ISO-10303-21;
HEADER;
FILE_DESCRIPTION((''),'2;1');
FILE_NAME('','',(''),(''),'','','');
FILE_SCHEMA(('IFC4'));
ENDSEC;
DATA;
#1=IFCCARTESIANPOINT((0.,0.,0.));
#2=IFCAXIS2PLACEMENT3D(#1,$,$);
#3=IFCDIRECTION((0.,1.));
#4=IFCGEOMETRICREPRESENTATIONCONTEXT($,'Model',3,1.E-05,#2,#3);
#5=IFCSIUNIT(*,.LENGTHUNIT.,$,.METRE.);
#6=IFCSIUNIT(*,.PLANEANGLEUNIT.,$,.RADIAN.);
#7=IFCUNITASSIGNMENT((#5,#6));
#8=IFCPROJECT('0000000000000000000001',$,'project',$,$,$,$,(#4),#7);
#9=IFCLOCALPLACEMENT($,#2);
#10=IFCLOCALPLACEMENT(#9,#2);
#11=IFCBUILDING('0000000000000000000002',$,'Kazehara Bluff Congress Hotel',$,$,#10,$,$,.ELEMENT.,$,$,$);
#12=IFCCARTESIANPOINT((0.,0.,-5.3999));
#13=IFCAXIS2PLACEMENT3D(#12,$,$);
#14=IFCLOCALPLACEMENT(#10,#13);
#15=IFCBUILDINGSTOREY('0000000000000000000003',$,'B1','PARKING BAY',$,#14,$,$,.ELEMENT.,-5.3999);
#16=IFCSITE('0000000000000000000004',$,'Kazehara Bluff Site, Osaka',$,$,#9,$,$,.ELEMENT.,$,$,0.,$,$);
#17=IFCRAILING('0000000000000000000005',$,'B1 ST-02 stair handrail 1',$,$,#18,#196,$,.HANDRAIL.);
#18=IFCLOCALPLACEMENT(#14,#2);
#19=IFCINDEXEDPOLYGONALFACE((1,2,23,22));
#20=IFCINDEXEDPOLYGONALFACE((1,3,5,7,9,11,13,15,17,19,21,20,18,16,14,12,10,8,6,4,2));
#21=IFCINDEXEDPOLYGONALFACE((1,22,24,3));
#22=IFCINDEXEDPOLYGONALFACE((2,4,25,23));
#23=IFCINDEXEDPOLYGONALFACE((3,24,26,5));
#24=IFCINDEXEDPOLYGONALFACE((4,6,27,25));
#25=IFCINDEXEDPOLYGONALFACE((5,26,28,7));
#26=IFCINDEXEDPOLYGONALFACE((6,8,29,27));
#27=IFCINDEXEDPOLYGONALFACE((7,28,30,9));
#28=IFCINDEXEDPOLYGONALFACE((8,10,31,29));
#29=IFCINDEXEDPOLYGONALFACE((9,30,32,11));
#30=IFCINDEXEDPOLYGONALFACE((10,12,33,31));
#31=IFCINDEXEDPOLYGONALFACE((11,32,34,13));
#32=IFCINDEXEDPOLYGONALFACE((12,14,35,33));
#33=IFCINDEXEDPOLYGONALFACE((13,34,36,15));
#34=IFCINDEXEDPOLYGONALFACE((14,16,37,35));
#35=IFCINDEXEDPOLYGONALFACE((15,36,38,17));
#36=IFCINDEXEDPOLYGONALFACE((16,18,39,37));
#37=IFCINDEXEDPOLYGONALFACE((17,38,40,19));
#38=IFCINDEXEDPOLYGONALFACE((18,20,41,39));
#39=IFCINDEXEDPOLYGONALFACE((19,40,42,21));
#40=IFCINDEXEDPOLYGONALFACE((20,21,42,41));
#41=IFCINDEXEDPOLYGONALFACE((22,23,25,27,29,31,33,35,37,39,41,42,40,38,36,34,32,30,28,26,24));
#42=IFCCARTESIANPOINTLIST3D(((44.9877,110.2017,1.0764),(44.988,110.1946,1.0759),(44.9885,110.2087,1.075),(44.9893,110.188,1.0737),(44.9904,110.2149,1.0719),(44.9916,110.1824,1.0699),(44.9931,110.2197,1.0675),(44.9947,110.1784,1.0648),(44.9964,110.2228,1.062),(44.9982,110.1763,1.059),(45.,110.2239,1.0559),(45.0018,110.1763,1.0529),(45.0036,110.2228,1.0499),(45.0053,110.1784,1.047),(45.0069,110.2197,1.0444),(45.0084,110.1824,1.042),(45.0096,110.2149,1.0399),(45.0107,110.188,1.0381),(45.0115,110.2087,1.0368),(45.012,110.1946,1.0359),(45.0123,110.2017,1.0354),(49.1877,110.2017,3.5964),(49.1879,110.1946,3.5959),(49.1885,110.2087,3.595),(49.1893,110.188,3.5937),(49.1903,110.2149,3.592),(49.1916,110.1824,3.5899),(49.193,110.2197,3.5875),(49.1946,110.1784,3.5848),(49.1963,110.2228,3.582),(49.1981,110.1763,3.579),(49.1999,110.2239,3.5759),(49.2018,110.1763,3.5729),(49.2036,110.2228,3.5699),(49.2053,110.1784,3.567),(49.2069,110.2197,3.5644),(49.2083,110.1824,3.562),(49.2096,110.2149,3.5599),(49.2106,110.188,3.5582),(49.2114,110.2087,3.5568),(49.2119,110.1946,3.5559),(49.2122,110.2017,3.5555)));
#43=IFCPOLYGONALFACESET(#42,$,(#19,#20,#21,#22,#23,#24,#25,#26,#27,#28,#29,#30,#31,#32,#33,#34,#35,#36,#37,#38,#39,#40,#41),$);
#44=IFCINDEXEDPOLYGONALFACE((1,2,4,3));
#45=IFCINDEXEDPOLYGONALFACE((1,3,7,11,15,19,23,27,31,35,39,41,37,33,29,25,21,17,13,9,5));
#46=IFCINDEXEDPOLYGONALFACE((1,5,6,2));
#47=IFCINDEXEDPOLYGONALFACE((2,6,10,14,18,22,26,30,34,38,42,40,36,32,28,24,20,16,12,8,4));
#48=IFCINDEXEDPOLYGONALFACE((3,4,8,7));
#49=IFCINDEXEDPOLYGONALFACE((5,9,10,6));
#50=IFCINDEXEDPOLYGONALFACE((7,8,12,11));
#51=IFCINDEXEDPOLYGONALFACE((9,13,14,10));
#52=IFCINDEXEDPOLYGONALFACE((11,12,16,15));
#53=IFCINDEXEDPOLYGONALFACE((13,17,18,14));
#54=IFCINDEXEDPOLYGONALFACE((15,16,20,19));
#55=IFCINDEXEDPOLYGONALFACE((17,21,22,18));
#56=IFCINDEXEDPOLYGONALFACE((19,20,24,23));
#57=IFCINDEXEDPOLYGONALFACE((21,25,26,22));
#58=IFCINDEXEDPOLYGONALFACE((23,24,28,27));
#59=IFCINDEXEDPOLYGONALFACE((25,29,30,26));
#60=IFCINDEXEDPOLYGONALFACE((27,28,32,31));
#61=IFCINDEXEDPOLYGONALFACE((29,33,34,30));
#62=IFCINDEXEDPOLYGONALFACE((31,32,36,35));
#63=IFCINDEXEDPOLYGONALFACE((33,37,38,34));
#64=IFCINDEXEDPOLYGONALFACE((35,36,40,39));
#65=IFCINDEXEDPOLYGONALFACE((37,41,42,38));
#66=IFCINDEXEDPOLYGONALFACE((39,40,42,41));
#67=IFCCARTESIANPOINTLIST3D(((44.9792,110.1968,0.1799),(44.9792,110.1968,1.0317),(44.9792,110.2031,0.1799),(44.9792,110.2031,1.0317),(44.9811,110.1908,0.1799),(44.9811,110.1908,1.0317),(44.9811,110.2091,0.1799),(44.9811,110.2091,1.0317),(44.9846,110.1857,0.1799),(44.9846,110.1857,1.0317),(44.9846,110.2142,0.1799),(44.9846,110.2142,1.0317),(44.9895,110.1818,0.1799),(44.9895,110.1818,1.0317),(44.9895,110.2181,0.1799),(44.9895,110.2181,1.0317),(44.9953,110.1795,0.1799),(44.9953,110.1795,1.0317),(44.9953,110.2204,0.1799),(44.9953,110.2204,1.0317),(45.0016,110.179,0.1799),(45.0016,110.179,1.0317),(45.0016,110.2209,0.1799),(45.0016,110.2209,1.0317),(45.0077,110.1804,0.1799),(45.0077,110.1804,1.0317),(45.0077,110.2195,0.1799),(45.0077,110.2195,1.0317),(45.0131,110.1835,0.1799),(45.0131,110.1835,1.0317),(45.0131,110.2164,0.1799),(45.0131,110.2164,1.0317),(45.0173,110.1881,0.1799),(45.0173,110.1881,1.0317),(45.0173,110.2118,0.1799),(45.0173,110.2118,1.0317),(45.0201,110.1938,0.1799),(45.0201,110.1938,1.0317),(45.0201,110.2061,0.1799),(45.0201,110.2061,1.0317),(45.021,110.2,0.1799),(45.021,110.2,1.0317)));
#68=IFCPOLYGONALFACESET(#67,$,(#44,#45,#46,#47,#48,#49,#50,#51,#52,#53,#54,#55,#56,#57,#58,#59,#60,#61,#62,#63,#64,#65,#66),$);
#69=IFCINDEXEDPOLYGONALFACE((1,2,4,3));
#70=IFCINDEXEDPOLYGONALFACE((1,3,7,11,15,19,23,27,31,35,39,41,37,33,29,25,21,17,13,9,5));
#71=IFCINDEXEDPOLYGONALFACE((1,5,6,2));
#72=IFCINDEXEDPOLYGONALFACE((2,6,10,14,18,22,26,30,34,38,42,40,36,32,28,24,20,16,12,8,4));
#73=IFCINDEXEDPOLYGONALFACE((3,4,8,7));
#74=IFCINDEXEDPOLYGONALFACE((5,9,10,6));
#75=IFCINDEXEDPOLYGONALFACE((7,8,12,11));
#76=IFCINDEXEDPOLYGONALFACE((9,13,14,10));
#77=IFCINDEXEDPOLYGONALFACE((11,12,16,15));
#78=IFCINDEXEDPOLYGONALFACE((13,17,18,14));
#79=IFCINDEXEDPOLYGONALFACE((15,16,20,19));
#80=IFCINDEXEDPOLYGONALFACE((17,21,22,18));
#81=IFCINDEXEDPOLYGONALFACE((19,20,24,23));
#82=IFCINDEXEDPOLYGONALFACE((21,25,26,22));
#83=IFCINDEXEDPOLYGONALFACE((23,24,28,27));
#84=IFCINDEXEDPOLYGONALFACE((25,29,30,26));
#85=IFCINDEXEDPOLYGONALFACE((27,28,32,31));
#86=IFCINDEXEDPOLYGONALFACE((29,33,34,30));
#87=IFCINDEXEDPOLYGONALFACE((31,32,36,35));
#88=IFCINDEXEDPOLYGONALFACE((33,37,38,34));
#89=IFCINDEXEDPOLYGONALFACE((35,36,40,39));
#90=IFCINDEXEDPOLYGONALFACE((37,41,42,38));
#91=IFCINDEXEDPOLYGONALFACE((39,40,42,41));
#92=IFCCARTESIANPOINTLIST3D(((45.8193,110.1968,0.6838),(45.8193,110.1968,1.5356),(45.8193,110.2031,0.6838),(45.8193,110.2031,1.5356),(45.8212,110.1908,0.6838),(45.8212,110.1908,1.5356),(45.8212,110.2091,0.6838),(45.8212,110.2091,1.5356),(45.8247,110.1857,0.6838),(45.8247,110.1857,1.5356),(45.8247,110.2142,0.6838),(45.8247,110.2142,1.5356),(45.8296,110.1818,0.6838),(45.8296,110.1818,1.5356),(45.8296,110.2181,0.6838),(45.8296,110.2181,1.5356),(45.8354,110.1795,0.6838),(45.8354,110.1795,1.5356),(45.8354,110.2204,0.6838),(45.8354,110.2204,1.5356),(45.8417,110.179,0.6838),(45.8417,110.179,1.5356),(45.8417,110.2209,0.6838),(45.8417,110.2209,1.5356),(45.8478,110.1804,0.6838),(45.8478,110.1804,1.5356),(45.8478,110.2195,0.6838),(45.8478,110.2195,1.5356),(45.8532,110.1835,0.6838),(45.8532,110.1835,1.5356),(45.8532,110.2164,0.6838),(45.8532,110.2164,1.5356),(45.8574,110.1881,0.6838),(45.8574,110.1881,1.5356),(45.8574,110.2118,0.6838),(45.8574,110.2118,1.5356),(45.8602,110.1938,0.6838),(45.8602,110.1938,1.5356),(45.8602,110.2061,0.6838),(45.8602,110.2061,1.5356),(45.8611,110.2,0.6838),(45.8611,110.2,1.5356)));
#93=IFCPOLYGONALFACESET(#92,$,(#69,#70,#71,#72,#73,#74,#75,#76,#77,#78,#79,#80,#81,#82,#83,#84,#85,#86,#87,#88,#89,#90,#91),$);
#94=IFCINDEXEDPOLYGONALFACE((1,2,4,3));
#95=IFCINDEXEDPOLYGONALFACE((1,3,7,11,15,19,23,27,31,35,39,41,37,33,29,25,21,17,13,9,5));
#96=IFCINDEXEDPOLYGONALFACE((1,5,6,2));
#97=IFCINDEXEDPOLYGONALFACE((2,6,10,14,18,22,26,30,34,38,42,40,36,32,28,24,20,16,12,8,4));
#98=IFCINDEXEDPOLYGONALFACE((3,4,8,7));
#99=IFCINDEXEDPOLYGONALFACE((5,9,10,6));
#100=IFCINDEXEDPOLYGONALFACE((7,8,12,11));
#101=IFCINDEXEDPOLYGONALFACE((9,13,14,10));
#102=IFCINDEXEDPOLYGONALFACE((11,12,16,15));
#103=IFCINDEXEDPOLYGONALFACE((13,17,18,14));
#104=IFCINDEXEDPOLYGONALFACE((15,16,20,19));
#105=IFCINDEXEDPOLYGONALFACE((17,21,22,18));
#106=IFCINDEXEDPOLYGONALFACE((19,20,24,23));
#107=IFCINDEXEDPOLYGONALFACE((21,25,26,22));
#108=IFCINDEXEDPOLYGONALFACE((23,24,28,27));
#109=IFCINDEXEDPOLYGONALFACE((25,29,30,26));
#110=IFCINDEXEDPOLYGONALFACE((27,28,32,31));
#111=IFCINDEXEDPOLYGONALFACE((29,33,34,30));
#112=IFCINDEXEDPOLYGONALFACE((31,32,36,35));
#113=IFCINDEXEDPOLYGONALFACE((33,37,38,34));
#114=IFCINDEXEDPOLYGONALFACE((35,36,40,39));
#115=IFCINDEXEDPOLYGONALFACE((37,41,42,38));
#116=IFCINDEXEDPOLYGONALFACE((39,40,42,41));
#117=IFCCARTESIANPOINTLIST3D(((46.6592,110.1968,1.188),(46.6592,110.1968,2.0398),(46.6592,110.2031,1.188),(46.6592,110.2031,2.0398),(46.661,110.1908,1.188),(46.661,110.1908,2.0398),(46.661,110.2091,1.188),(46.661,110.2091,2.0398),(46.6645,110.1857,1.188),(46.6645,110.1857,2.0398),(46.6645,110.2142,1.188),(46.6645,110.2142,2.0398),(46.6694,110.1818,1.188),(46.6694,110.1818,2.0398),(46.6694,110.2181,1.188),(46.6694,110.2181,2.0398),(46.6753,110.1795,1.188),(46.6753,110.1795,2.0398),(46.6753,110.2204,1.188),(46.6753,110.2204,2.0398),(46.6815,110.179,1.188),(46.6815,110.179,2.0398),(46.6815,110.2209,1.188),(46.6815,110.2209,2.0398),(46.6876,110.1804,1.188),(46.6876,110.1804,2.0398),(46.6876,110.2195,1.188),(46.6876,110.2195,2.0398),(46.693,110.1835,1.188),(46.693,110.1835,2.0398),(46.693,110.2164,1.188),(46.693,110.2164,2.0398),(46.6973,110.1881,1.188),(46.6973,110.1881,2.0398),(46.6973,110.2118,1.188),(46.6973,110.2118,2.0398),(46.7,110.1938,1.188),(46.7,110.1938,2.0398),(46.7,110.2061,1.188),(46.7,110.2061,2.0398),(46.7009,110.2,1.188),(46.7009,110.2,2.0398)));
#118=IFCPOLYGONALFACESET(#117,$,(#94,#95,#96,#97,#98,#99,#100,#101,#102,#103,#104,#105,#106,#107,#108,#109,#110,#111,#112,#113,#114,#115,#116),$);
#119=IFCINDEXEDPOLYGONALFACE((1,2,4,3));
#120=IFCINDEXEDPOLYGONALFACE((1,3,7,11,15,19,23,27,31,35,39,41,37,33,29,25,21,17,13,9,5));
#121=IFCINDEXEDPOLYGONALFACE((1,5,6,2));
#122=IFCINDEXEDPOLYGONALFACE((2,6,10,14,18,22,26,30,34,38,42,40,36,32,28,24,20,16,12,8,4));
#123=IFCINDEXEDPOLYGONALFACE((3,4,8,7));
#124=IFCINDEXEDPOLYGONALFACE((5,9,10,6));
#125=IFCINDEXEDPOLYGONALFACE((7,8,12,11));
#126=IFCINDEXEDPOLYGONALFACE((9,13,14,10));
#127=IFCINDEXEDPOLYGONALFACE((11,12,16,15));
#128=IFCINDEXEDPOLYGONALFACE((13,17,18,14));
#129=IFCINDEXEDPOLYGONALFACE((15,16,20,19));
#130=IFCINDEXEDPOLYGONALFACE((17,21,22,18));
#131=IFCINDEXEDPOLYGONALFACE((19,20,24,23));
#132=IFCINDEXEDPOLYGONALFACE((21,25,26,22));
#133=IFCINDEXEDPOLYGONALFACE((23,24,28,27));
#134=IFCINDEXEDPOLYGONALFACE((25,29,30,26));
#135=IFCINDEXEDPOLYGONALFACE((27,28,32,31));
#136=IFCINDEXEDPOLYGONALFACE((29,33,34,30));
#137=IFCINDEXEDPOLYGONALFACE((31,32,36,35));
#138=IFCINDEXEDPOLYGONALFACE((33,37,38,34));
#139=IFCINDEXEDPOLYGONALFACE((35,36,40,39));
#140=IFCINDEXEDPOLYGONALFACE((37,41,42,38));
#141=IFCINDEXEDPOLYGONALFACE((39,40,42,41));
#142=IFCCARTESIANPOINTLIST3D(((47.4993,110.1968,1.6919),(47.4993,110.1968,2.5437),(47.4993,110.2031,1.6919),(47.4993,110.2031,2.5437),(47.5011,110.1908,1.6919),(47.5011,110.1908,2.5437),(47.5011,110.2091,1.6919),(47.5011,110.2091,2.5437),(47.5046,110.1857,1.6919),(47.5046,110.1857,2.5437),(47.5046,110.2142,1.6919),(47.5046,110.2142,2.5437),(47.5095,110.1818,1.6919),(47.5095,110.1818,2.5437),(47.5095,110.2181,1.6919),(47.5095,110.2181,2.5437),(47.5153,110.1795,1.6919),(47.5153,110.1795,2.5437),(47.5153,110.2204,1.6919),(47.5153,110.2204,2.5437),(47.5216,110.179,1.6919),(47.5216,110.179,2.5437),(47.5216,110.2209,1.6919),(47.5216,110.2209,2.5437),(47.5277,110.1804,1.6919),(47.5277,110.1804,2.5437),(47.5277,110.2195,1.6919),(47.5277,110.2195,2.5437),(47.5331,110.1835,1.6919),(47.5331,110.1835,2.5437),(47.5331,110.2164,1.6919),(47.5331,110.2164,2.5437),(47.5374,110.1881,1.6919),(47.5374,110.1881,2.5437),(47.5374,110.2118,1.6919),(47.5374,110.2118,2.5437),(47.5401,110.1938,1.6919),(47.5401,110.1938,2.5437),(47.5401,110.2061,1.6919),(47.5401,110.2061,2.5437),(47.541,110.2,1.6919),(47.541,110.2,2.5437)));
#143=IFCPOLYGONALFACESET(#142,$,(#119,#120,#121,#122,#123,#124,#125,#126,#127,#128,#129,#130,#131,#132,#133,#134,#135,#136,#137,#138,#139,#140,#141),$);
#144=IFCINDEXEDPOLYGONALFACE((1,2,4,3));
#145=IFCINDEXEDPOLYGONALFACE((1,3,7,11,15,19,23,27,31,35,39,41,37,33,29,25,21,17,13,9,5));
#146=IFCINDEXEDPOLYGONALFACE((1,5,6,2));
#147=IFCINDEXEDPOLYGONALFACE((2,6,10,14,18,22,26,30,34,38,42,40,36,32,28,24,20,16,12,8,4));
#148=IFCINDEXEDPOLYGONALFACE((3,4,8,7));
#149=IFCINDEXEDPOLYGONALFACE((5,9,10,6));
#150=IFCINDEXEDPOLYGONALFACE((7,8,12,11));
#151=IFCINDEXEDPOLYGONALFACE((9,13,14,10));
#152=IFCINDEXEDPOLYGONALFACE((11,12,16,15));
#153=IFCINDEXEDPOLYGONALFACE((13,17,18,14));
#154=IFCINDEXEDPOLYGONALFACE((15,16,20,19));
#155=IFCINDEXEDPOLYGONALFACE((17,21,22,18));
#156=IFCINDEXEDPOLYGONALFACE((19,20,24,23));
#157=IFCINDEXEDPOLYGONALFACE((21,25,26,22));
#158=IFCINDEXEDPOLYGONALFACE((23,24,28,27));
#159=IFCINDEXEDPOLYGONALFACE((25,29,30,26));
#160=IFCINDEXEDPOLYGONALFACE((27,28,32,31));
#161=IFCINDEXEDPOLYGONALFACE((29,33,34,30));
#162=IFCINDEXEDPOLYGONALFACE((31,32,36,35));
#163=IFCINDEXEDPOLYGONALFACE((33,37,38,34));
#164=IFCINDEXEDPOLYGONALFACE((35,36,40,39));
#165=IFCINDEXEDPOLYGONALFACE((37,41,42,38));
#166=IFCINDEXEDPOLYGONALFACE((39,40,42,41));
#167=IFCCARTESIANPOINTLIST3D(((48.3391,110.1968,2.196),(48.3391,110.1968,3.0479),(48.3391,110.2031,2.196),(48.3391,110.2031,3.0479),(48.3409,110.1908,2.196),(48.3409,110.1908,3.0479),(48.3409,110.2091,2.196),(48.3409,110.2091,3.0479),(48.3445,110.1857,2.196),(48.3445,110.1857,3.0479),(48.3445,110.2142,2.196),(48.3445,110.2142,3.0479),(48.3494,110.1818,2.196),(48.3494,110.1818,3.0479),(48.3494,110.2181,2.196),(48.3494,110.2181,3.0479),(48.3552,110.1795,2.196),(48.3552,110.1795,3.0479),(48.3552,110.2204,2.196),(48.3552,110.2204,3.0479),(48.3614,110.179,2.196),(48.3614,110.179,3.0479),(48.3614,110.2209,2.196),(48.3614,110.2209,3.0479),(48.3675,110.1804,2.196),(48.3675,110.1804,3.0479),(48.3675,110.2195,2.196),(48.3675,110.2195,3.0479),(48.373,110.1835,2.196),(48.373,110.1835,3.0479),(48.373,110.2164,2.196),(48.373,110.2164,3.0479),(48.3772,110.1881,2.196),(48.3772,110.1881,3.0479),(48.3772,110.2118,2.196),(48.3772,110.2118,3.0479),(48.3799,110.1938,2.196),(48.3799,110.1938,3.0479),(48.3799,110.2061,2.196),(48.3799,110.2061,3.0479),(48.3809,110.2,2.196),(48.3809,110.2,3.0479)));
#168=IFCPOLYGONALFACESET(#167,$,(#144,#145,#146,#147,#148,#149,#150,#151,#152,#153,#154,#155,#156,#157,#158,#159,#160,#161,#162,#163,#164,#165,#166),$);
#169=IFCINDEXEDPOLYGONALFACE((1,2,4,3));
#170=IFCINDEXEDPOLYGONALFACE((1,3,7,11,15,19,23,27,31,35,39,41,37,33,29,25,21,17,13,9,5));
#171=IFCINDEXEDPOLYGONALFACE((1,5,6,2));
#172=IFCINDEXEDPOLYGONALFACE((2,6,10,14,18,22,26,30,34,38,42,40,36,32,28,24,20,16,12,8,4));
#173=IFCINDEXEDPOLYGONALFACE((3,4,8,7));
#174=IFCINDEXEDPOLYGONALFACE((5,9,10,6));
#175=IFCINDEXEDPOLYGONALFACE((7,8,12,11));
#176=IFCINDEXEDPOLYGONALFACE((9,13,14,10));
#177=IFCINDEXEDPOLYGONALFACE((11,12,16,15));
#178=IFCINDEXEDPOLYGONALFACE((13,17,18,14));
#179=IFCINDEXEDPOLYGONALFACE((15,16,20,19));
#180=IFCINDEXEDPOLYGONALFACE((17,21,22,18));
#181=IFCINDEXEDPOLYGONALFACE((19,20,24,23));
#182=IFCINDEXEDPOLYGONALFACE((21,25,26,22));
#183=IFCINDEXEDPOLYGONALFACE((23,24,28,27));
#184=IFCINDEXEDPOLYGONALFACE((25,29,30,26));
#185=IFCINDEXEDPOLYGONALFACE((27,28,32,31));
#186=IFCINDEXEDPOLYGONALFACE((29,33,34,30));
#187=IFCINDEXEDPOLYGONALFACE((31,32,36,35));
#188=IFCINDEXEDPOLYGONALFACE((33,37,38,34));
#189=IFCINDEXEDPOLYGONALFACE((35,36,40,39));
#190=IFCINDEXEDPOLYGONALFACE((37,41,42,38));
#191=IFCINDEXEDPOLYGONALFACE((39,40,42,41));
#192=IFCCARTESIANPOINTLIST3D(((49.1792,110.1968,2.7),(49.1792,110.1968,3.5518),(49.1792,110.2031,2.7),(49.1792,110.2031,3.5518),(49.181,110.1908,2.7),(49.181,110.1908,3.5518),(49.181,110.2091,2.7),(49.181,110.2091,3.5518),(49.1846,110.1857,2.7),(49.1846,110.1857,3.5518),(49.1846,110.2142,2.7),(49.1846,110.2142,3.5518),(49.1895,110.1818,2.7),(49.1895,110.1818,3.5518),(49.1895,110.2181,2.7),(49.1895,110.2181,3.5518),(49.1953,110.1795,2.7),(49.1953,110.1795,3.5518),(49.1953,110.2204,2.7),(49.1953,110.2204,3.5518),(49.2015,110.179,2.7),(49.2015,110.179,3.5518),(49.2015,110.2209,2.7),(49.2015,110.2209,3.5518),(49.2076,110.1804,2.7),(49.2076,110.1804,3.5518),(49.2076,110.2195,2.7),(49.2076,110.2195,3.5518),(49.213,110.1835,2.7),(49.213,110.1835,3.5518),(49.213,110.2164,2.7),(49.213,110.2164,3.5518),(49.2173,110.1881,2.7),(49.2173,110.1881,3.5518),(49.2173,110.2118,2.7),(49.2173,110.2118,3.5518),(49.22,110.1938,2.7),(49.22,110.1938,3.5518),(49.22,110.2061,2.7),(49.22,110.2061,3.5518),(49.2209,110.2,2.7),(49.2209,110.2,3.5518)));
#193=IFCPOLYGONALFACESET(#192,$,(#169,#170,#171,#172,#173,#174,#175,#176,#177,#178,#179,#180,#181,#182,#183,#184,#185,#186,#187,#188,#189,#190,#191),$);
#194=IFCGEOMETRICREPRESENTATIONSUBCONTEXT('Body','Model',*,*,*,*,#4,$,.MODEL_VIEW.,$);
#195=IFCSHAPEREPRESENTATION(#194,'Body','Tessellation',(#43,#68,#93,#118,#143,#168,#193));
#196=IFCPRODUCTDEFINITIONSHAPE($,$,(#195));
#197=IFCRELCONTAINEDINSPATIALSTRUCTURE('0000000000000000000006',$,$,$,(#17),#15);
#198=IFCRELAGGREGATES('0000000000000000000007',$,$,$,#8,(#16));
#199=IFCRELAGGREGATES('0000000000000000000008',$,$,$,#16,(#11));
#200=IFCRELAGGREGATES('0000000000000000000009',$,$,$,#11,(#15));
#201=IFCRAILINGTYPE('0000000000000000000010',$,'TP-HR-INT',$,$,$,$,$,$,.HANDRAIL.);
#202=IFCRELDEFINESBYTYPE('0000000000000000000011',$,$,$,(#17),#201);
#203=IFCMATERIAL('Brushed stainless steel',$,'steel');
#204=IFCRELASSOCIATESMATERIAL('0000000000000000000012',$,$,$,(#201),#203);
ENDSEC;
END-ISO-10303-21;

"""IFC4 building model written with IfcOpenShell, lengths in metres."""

from ifc_helpers import new_model, si_unit, direction, frame, origin, origin_2d, place, context, subcontext, project, spatial, circle, extrude, material, type_object, element, save


model = new_model("IFC4")

# Units and contexts
model_context = context("Model", 3, precision=1e-05, world=origin(), true_north=direction((0.0, 1.0)))
body_context = subcontext(model_context, "Body", "Model", "MODEL_VIEW")
ifc_project = project(units=[si_unit("LENGTHUNIT", "METRE"), si_unit("PLANEANGLEUNIT", "RADIAN")], contexts=[model_context])

# Site, building, storey
site_placement = place(None, origin())
site = spatial("IfcSite", under=ifc_project, at=site_placement, Name="Kazehara Bluff Site, Osaka", CompositionType="ELEMENT", RefElevation=0.0)
building_placement = place(site_placement, origin())
building = spatial("IfcBuilding", under=site, at=building_placement, Name="Kazehara Bluff Congress Hotel", CompositionType="ELEMENT")
storey_placement = place(building_placement, frame((0.0, 0.0, -5.3999)))
storey = spatial("IfcBuildingStorey", under=building, at=storey_placement, Name="B1", Description="PARKING BAY", CompositionType="ELEMENT", Elevation=-5.3999)

# Railing
ifc_material_1 = material(Name="Brushed stainless steel", Category="steel")
railing_type_1 = type_object("IfcRailingType", Name="TP-HR-INT", PredefinedType="HANDRAIL", material=ifc_material_1)
railing_1_placement = place(storey_placement, frame((45.0, 110.2, 0.1799)))
element("IfcRailing", 1, at=railing_1_placement, inside=storey, type_object=railing_type_1, Name="B1 ST-02 stair handrail 1", PredefinedType="HANDRAIL", context=body_context, shape_type="SweptSolid", body=[
    extrude(circle(Radius=0.0239, at=origin_2d()), frame((0.0, 0.0, 0.876), z_axis=(0.857489, 0.0, 0.514503), x_axis=(0.0, 1.0, 0.0)), (0.0, 0.0, 1.0), 4.8979),
    extrude(circle(Radius=0.021, at=origin_2d()), origin(), (0.0, 0.0, 1.0), 0.8518),
    extrude(circle(Radius=0.021, at=origin_2d()), frame((0.8401, 0.0, 0.5039)), (0.0, 0.0, 1.0), 0.8518),
    extrude(circle(Radius=0.021, at=origin_2d()), frame((1.6799, 0.0, 1.0081)), (0.0, 0.0, 1.0), 0.8518),
    extrude(circle(Radius=0.021, at=origin_2d()), frame((2.52, 0.0, 1.512)), (0.0, 0.0, 1.0), 0.8518),
    extrude(circle(Radius=0.021, at=origin_2d()), frame((3.3599, 0.0, 2.0161)), (0.0, 0.0, 1.0), 0.8518),
    extrude(circle(Radius=0.021, at=origin_2d()), frame((4.2, 0.0, 2.52)), (0.0, 0.0, 1.0), 0.8518),
])

save(model, "model.ifc")
